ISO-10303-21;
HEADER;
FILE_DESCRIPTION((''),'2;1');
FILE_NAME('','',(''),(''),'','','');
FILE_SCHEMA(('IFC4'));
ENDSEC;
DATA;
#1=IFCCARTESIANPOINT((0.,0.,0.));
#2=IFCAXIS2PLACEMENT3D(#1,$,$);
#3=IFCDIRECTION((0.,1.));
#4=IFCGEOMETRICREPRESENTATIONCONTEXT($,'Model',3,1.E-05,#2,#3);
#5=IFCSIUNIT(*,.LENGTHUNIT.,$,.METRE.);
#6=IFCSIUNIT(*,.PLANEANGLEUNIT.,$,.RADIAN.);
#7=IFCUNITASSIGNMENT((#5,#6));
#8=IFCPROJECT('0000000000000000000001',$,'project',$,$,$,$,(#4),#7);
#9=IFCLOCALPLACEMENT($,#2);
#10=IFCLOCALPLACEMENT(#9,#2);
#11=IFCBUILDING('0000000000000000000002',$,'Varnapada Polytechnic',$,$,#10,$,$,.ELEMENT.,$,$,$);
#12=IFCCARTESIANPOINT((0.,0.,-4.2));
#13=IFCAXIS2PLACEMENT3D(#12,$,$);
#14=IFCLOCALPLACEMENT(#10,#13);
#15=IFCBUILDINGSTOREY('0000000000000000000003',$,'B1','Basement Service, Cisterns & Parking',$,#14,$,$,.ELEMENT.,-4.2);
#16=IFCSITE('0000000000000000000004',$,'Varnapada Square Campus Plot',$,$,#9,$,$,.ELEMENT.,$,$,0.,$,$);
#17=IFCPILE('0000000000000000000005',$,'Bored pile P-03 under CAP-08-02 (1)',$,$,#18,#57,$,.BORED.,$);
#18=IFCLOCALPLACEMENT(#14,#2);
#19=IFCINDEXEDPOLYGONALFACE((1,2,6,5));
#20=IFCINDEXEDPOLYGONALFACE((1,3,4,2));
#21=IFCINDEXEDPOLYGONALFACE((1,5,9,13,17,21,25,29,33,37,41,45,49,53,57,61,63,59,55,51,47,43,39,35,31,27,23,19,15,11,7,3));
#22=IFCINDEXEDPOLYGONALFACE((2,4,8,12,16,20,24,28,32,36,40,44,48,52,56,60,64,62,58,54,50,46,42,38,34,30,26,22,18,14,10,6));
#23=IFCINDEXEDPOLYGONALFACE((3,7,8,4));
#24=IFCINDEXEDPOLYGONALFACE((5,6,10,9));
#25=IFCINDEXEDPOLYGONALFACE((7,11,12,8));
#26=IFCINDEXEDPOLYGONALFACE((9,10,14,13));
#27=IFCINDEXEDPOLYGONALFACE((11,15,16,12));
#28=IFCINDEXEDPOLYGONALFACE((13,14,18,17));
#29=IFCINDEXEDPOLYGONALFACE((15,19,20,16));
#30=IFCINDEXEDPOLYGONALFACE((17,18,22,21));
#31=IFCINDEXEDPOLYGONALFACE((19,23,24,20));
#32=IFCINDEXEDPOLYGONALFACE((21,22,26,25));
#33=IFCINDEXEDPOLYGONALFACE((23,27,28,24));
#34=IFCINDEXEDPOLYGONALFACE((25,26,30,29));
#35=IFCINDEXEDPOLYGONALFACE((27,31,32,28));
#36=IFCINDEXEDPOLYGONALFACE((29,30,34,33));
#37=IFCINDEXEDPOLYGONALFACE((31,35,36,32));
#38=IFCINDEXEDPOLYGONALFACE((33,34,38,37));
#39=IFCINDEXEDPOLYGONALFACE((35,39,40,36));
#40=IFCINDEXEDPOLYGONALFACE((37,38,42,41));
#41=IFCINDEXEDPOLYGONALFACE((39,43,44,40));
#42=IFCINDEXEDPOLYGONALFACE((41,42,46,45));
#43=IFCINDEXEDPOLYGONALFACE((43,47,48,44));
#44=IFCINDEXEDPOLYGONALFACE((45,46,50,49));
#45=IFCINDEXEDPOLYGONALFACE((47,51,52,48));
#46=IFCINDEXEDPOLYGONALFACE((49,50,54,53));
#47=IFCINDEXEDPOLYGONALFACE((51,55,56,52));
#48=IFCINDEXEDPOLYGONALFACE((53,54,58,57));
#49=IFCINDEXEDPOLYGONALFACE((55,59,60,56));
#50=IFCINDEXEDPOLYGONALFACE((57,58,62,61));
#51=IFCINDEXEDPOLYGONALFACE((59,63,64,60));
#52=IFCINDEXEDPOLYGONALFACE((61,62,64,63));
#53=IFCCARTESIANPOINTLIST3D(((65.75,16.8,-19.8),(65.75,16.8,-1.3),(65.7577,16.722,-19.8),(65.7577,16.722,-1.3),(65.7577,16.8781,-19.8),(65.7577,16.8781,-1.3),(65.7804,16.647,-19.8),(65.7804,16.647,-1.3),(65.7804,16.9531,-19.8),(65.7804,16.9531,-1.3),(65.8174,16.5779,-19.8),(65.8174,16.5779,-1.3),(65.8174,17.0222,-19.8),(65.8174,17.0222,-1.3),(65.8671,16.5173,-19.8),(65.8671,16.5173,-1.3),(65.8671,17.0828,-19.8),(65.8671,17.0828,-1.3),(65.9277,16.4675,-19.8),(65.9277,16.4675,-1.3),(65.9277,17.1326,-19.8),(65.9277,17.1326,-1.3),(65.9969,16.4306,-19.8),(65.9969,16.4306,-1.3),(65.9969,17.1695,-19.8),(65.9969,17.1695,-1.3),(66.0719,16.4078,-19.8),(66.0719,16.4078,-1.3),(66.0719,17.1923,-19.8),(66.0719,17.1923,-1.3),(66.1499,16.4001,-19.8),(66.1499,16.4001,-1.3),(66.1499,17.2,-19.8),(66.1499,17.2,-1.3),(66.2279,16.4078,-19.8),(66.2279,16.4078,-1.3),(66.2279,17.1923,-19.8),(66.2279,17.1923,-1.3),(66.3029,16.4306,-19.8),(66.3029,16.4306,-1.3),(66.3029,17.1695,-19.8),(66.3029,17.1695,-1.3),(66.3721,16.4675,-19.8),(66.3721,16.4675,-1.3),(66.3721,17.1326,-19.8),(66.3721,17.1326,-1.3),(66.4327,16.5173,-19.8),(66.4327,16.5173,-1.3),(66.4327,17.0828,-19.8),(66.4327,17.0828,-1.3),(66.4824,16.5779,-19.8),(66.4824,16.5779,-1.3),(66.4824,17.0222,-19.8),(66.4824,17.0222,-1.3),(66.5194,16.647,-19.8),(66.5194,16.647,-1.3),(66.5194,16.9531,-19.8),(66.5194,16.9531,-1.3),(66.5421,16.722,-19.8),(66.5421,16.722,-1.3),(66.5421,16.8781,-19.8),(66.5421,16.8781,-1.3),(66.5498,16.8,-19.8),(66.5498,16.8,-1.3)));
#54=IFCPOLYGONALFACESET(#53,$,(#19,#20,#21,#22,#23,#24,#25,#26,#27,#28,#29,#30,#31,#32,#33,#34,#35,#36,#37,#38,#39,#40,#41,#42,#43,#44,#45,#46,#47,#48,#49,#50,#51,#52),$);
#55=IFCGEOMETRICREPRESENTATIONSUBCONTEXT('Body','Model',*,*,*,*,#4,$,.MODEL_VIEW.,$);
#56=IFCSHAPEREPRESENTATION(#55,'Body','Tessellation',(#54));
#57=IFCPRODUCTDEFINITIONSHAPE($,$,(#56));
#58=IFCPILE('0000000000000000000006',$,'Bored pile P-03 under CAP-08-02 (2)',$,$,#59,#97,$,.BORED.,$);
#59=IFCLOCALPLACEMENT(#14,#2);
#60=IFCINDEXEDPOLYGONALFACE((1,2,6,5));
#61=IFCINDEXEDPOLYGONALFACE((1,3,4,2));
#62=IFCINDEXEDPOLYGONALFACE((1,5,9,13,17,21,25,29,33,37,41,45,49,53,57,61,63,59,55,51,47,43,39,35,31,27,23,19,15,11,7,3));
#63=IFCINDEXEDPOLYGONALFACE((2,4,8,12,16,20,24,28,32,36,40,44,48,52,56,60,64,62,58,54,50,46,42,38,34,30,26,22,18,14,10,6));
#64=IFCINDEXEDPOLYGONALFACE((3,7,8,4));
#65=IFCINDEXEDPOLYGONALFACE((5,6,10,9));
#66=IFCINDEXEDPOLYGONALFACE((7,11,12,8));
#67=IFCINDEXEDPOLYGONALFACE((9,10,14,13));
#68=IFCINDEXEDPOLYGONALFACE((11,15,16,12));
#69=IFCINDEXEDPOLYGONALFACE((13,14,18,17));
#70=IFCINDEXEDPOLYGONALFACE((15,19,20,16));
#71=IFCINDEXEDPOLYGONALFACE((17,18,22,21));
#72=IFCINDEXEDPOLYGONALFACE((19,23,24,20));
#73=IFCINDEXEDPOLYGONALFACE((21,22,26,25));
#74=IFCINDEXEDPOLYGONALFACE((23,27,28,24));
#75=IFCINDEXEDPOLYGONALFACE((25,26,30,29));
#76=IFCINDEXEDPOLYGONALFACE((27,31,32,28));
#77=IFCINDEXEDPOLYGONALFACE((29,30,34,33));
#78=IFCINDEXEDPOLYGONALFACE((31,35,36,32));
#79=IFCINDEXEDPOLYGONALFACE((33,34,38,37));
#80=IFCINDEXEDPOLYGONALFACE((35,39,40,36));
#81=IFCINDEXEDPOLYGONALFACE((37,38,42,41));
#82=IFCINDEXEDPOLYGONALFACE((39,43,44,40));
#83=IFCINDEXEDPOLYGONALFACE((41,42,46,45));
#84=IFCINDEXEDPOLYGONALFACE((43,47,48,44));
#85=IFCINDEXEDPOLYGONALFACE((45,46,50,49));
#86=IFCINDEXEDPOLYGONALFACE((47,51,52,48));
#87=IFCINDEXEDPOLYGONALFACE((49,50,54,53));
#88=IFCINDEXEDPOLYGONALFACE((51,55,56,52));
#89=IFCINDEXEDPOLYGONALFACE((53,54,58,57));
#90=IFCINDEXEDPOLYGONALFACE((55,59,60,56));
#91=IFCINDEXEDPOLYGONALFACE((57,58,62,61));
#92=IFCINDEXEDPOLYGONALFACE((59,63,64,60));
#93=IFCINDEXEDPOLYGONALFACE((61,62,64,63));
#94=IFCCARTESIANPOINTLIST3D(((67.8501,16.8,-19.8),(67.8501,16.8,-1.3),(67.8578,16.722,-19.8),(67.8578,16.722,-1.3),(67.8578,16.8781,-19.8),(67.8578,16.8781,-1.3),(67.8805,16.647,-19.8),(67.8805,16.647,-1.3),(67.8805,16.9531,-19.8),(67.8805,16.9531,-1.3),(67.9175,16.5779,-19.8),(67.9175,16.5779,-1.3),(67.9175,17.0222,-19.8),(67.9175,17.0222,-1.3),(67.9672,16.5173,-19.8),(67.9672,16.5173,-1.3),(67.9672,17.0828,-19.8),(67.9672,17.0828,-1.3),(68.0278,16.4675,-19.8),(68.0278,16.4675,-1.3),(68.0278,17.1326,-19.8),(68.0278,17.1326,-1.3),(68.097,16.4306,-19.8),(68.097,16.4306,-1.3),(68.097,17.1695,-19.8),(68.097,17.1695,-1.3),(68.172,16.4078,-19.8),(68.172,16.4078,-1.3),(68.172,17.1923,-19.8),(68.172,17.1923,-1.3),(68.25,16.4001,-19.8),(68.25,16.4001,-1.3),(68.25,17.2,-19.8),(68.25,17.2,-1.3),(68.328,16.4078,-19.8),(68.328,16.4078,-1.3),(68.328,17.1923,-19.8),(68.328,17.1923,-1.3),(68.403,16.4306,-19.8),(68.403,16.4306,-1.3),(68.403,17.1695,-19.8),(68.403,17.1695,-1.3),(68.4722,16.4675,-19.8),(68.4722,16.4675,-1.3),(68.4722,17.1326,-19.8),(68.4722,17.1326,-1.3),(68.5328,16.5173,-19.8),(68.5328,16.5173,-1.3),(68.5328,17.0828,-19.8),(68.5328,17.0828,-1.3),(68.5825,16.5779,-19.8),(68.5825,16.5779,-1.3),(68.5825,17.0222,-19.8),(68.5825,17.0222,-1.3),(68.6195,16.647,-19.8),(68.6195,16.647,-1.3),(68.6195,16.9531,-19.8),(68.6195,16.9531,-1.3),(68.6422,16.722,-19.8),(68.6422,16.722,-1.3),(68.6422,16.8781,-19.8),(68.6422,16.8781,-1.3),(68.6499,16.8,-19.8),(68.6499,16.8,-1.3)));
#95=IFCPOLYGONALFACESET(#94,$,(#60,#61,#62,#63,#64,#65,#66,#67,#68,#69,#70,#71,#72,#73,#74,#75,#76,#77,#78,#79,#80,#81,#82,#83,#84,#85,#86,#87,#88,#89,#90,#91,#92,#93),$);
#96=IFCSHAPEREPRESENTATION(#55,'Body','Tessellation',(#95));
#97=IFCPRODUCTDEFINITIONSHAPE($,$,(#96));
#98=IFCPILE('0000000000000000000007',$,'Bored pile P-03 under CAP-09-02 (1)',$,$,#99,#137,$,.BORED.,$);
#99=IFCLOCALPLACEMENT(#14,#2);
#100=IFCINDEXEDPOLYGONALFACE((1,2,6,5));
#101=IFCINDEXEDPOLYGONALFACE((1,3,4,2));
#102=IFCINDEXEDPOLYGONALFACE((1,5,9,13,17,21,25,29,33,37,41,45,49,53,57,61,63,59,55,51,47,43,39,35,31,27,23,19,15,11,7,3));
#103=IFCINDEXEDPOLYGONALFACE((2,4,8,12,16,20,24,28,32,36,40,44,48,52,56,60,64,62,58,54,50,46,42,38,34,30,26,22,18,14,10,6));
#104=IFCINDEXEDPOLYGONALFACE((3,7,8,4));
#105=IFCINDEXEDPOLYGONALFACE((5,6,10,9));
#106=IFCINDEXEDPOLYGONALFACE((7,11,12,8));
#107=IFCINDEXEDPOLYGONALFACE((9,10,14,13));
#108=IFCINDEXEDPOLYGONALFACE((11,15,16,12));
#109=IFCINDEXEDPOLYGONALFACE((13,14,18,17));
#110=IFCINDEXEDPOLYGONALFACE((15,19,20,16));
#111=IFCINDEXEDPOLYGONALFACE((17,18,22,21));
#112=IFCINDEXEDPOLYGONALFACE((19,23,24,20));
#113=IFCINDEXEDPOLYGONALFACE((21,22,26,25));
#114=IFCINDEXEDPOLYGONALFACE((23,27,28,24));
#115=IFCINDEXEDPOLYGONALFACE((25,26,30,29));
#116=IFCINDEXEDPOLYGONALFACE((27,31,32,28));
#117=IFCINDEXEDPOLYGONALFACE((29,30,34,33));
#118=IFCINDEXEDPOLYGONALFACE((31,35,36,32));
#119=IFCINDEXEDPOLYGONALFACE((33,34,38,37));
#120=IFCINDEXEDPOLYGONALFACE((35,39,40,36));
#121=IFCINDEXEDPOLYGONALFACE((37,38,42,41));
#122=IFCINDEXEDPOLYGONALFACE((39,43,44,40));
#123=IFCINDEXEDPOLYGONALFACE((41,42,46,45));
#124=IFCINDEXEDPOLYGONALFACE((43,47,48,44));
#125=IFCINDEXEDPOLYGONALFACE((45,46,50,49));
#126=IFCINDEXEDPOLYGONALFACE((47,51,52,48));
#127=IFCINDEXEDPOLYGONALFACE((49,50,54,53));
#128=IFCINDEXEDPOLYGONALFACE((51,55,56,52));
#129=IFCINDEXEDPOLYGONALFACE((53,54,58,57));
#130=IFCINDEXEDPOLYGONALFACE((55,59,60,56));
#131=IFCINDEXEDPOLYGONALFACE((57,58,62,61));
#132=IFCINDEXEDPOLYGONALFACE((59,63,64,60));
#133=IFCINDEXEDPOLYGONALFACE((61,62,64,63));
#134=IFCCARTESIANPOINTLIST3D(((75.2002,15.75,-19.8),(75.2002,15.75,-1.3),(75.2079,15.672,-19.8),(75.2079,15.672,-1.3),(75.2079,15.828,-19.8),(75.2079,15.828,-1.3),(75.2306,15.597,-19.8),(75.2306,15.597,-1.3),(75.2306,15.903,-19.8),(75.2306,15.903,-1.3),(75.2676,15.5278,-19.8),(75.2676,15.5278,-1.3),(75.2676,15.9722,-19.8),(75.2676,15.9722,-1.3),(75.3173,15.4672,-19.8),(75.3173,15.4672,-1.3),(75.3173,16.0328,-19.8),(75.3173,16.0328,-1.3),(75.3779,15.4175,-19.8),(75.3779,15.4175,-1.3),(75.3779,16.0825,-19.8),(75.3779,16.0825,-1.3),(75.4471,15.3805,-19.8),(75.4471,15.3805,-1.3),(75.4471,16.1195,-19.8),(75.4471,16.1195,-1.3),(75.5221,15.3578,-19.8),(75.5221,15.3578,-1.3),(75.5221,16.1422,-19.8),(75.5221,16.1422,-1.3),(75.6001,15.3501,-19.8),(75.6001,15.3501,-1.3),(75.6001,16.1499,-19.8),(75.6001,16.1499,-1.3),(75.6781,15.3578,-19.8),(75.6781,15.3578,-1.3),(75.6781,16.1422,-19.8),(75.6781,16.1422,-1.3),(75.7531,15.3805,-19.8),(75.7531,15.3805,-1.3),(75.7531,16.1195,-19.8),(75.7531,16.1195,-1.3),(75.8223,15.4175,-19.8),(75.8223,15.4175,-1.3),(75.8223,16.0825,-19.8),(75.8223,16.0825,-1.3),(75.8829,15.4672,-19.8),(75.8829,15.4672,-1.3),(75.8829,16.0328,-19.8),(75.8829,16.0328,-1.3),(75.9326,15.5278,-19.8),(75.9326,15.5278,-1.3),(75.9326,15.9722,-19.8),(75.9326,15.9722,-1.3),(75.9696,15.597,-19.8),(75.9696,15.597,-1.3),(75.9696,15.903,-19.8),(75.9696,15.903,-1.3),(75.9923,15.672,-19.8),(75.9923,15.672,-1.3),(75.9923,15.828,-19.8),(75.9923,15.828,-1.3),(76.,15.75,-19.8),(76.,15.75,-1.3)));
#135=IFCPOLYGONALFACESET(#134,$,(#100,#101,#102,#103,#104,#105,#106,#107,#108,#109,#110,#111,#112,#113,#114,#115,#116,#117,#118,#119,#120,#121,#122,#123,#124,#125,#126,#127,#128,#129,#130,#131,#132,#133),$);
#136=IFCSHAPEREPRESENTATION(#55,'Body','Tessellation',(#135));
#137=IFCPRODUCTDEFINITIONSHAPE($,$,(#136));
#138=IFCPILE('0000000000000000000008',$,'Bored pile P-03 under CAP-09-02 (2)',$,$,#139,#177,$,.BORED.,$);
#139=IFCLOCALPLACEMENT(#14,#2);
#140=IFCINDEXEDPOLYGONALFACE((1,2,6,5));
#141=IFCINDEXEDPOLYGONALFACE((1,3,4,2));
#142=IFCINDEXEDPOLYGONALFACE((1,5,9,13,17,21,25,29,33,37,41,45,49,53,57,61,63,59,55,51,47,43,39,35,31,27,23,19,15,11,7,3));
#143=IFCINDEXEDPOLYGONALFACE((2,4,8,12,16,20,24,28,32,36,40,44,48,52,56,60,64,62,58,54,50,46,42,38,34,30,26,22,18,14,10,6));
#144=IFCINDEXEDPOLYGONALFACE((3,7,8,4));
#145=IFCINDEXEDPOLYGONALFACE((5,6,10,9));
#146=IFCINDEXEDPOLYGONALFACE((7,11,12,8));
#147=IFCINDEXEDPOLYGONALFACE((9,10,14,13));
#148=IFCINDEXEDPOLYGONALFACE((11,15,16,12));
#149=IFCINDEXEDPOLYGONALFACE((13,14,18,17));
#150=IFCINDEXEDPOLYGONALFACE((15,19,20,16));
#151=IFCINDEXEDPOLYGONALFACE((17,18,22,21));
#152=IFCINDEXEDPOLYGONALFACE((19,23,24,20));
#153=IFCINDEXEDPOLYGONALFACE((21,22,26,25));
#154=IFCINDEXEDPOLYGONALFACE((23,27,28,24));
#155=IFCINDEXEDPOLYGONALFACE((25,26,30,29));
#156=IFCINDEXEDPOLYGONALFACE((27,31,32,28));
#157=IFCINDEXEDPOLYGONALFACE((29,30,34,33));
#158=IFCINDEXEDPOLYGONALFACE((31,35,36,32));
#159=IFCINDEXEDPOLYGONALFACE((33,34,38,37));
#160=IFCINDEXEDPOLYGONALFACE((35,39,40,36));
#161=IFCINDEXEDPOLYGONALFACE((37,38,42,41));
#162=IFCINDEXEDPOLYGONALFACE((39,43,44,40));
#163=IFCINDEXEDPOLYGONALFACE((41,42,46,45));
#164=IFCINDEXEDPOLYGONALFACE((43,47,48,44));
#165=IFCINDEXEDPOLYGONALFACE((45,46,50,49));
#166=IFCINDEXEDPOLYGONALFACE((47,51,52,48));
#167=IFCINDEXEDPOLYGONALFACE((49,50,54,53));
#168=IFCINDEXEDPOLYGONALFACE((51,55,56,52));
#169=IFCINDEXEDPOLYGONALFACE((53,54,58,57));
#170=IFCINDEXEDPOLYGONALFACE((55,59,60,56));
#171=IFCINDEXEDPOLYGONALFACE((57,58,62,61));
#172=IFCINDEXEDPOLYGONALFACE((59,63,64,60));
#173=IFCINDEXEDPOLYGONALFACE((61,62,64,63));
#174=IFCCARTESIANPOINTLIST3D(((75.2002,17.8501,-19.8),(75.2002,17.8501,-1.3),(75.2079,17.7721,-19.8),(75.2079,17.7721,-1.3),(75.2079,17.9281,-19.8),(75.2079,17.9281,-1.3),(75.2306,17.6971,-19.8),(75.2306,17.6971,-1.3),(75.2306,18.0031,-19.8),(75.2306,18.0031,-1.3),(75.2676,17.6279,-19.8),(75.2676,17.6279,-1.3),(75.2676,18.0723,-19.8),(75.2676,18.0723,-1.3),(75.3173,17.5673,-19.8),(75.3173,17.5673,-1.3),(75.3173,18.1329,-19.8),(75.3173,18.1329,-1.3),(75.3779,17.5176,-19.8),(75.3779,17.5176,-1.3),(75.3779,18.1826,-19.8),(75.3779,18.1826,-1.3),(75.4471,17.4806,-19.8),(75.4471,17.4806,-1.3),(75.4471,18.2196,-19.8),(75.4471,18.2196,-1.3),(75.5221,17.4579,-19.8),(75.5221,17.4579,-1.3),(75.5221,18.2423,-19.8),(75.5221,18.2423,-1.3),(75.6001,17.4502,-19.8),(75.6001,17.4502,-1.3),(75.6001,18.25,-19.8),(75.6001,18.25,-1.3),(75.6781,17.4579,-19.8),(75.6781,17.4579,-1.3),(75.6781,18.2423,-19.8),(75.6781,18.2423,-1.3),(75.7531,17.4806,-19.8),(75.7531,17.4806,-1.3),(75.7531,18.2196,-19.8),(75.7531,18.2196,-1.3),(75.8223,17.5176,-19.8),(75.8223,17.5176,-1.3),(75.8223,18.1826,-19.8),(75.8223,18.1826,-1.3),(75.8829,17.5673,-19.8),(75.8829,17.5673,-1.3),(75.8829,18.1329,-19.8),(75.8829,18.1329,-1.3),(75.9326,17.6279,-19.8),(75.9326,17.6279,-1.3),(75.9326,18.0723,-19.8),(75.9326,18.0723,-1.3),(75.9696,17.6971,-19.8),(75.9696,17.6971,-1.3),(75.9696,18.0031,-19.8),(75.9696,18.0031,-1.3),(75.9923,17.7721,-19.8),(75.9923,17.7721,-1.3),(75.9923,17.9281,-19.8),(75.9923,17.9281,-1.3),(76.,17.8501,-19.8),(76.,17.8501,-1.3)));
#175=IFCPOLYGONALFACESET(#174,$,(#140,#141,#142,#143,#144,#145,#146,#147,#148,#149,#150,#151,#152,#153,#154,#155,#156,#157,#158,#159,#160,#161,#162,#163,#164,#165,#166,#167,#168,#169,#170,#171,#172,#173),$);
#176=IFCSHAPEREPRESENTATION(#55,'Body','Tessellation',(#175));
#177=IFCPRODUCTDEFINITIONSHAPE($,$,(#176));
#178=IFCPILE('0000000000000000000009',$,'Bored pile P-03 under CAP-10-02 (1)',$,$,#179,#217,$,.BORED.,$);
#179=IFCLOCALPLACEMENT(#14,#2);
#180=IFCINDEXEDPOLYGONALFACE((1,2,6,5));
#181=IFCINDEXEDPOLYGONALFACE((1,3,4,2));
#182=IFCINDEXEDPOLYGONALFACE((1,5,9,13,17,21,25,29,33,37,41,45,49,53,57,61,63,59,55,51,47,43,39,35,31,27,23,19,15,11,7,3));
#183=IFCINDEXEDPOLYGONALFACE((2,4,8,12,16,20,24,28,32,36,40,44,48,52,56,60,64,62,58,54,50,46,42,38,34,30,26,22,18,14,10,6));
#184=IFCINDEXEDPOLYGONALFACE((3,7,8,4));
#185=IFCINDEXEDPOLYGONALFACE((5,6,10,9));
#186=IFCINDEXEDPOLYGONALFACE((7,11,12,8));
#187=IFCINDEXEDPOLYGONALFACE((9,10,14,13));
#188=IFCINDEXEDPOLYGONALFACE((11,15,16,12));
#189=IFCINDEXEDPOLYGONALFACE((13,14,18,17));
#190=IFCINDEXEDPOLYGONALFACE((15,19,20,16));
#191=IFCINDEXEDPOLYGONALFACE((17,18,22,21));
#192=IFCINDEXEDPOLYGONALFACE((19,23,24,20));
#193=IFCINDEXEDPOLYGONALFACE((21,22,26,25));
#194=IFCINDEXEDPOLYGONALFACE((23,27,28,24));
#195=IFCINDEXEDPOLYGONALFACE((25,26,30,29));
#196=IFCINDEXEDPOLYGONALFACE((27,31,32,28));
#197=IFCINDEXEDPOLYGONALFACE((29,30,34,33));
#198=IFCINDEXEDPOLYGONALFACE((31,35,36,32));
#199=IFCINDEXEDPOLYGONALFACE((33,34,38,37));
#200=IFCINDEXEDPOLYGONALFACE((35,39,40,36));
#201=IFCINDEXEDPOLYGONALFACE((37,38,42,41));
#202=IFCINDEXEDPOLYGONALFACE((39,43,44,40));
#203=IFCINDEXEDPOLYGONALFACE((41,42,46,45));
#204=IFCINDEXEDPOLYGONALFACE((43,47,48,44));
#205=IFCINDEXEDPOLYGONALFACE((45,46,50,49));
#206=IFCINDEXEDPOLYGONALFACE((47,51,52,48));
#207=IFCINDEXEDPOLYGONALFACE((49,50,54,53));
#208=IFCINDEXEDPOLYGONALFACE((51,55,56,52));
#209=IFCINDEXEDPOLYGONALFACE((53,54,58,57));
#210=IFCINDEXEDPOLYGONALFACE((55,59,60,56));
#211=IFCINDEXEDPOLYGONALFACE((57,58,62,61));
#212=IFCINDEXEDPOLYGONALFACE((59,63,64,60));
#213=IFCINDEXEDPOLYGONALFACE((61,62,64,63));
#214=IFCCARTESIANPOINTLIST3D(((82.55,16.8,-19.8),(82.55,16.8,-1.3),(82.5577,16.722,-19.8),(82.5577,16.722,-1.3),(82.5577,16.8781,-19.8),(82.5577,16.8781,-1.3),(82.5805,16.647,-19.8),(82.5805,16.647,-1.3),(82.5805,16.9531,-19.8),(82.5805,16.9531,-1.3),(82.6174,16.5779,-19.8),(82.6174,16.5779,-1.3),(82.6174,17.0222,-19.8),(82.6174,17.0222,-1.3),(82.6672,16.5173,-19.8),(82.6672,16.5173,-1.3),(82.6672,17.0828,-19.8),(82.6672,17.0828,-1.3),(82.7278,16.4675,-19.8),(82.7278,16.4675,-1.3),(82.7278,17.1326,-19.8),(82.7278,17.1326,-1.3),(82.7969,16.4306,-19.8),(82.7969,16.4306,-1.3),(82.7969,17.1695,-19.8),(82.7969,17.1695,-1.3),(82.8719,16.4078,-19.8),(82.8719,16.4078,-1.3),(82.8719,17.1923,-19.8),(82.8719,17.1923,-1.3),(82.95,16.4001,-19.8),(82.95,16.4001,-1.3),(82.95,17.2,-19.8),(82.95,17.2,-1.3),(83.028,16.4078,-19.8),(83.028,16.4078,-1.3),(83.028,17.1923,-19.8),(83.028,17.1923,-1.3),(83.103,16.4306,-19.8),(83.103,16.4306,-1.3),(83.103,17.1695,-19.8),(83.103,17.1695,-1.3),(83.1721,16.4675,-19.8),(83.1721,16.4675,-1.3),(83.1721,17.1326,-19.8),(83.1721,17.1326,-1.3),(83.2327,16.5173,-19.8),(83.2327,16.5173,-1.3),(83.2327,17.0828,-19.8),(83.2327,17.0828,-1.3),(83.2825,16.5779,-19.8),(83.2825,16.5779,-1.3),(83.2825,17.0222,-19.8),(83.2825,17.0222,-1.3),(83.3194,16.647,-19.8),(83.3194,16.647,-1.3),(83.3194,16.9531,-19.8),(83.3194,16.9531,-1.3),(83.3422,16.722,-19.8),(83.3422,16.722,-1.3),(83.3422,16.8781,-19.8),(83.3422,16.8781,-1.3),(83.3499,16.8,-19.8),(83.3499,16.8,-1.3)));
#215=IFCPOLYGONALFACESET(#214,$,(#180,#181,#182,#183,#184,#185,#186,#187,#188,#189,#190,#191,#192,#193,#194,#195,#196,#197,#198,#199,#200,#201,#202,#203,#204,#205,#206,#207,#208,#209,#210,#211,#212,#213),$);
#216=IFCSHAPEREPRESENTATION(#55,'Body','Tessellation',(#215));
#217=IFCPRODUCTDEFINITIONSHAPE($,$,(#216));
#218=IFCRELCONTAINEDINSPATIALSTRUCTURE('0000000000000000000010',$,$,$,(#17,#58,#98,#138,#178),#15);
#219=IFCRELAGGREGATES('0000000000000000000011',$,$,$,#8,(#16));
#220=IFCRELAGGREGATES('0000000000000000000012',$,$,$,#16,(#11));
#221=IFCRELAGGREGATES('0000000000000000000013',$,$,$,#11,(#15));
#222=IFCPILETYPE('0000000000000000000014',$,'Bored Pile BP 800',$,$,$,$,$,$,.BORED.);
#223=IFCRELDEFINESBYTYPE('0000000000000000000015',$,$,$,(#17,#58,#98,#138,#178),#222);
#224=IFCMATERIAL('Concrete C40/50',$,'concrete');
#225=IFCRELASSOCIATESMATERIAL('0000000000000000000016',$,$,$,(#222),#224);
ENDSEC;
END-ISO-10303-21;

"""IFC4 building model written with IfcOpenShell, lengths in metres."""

from ifc_helpers import new_model, si_unit, direction, frame, origin, origin_2d, place, context, subcontext, project, spatial, circle, extrude, material, material_profile, profile_set, type_object, element, save


model = new_model("IFC4")

# Units and contexts
model_context = context("Model", 3, precision=1e-05, world=origin(), true_north=direction((0.0, 1.0)))
body_context = subcontext(model_context, "Body", "Model", "MODEL_VIEW")
ifc_project = project(units=[si_unit("LENGTHUNIT", "METRE"), si_unit("PLANEANGLEUNIT", "RADIAN")], contexts=[model_context])

# Site, building, storey
site_placement = place(None, origin())
site = spatial("IfcSite", under=ifc_project, at=site_placement, Name="Varnapada Square Campus Plot", CompositionType="ELEMENT", RefElevation=0.0)
building_placement = place(site_placement, origin())
building = spatial("IfcBuilding", under=site, at=building_placement, Name="Varnapada Polytechnic", CompositionType="ELEMENT")
storey_placement = place(building_placement, frame((0.0, 0.0, -4.2)))
storey = spatial("IfcBuildingStorey", under=building, at=storey_placement, Name="B1", Description="Basement Service, Cisterns & Parking", CompositionType="ELEMENT", Elevation=-4.2)

# Piles
ifc_material_1 = material(Name="Concrete C40/50", Category="concrete")
ifc_material_profile_1 = material_profile(ifc_material_1, circle(Radius=0.3999, at=origin_2d()), Name="BP 800")
ifc_profile_set_1 = profile_set([ifc_material_profile_1], Name="Concrete C40/50")
pile_type = type_object("IfcPileType", Name="Bored Pile BP 800", PredefinedType="BORED", material=ifc_profile_set_1)
for number, where, z_axis, x_axis, name in (
    (1, (66.1499, 16.8, -1.3), (0.0, 0.0, -1.0), (1.0, 0.0, 0.0), "Bored pile P-03 under CAP-08-02 (1)"),
    (2, (68.25, 16.8, -1.3), (0.0, 0.0, -1.0), (1.0, 0.0, 0.0), "Bored pile P-03 under CAP-08-02 (2)"),
    (3, (75.6001, 15.75, -1.3), (0.0, 0.0, -1.0), (1.0, 0.0, 0.0), "Bored pile P-03 under CAP-09-02 (1)"),
    (4, (75.6001, 17.8501, -1.3), (0.0, 0.0, -1.0), (1.0, 0.0, 0.0), "Bored pile P-03 under CAP-09-02 (2)"),
    (5, (82.95, 16.8, -1.3), (0.0, 0.0, -1.0), (1.0, 0.0, 0.0), "Bored pile P-03 under CAP-10-02 (1)"),
):
    element("IfcPile", number, at=place(storey_placement, frame(where, z_axis=z_axis, x_axis=x_axis)), inside=storey, type_object=pile_type, Name=name, PredefinedType="BORED", context=body_context, shape_type="SweptSolid", body=[
        extrude(circle(Radius=0.3999, at=origin_2d()), origin(), (0.0, 0.0, 1.0), 18.5),
    ])

save(model, "model.ifc")
